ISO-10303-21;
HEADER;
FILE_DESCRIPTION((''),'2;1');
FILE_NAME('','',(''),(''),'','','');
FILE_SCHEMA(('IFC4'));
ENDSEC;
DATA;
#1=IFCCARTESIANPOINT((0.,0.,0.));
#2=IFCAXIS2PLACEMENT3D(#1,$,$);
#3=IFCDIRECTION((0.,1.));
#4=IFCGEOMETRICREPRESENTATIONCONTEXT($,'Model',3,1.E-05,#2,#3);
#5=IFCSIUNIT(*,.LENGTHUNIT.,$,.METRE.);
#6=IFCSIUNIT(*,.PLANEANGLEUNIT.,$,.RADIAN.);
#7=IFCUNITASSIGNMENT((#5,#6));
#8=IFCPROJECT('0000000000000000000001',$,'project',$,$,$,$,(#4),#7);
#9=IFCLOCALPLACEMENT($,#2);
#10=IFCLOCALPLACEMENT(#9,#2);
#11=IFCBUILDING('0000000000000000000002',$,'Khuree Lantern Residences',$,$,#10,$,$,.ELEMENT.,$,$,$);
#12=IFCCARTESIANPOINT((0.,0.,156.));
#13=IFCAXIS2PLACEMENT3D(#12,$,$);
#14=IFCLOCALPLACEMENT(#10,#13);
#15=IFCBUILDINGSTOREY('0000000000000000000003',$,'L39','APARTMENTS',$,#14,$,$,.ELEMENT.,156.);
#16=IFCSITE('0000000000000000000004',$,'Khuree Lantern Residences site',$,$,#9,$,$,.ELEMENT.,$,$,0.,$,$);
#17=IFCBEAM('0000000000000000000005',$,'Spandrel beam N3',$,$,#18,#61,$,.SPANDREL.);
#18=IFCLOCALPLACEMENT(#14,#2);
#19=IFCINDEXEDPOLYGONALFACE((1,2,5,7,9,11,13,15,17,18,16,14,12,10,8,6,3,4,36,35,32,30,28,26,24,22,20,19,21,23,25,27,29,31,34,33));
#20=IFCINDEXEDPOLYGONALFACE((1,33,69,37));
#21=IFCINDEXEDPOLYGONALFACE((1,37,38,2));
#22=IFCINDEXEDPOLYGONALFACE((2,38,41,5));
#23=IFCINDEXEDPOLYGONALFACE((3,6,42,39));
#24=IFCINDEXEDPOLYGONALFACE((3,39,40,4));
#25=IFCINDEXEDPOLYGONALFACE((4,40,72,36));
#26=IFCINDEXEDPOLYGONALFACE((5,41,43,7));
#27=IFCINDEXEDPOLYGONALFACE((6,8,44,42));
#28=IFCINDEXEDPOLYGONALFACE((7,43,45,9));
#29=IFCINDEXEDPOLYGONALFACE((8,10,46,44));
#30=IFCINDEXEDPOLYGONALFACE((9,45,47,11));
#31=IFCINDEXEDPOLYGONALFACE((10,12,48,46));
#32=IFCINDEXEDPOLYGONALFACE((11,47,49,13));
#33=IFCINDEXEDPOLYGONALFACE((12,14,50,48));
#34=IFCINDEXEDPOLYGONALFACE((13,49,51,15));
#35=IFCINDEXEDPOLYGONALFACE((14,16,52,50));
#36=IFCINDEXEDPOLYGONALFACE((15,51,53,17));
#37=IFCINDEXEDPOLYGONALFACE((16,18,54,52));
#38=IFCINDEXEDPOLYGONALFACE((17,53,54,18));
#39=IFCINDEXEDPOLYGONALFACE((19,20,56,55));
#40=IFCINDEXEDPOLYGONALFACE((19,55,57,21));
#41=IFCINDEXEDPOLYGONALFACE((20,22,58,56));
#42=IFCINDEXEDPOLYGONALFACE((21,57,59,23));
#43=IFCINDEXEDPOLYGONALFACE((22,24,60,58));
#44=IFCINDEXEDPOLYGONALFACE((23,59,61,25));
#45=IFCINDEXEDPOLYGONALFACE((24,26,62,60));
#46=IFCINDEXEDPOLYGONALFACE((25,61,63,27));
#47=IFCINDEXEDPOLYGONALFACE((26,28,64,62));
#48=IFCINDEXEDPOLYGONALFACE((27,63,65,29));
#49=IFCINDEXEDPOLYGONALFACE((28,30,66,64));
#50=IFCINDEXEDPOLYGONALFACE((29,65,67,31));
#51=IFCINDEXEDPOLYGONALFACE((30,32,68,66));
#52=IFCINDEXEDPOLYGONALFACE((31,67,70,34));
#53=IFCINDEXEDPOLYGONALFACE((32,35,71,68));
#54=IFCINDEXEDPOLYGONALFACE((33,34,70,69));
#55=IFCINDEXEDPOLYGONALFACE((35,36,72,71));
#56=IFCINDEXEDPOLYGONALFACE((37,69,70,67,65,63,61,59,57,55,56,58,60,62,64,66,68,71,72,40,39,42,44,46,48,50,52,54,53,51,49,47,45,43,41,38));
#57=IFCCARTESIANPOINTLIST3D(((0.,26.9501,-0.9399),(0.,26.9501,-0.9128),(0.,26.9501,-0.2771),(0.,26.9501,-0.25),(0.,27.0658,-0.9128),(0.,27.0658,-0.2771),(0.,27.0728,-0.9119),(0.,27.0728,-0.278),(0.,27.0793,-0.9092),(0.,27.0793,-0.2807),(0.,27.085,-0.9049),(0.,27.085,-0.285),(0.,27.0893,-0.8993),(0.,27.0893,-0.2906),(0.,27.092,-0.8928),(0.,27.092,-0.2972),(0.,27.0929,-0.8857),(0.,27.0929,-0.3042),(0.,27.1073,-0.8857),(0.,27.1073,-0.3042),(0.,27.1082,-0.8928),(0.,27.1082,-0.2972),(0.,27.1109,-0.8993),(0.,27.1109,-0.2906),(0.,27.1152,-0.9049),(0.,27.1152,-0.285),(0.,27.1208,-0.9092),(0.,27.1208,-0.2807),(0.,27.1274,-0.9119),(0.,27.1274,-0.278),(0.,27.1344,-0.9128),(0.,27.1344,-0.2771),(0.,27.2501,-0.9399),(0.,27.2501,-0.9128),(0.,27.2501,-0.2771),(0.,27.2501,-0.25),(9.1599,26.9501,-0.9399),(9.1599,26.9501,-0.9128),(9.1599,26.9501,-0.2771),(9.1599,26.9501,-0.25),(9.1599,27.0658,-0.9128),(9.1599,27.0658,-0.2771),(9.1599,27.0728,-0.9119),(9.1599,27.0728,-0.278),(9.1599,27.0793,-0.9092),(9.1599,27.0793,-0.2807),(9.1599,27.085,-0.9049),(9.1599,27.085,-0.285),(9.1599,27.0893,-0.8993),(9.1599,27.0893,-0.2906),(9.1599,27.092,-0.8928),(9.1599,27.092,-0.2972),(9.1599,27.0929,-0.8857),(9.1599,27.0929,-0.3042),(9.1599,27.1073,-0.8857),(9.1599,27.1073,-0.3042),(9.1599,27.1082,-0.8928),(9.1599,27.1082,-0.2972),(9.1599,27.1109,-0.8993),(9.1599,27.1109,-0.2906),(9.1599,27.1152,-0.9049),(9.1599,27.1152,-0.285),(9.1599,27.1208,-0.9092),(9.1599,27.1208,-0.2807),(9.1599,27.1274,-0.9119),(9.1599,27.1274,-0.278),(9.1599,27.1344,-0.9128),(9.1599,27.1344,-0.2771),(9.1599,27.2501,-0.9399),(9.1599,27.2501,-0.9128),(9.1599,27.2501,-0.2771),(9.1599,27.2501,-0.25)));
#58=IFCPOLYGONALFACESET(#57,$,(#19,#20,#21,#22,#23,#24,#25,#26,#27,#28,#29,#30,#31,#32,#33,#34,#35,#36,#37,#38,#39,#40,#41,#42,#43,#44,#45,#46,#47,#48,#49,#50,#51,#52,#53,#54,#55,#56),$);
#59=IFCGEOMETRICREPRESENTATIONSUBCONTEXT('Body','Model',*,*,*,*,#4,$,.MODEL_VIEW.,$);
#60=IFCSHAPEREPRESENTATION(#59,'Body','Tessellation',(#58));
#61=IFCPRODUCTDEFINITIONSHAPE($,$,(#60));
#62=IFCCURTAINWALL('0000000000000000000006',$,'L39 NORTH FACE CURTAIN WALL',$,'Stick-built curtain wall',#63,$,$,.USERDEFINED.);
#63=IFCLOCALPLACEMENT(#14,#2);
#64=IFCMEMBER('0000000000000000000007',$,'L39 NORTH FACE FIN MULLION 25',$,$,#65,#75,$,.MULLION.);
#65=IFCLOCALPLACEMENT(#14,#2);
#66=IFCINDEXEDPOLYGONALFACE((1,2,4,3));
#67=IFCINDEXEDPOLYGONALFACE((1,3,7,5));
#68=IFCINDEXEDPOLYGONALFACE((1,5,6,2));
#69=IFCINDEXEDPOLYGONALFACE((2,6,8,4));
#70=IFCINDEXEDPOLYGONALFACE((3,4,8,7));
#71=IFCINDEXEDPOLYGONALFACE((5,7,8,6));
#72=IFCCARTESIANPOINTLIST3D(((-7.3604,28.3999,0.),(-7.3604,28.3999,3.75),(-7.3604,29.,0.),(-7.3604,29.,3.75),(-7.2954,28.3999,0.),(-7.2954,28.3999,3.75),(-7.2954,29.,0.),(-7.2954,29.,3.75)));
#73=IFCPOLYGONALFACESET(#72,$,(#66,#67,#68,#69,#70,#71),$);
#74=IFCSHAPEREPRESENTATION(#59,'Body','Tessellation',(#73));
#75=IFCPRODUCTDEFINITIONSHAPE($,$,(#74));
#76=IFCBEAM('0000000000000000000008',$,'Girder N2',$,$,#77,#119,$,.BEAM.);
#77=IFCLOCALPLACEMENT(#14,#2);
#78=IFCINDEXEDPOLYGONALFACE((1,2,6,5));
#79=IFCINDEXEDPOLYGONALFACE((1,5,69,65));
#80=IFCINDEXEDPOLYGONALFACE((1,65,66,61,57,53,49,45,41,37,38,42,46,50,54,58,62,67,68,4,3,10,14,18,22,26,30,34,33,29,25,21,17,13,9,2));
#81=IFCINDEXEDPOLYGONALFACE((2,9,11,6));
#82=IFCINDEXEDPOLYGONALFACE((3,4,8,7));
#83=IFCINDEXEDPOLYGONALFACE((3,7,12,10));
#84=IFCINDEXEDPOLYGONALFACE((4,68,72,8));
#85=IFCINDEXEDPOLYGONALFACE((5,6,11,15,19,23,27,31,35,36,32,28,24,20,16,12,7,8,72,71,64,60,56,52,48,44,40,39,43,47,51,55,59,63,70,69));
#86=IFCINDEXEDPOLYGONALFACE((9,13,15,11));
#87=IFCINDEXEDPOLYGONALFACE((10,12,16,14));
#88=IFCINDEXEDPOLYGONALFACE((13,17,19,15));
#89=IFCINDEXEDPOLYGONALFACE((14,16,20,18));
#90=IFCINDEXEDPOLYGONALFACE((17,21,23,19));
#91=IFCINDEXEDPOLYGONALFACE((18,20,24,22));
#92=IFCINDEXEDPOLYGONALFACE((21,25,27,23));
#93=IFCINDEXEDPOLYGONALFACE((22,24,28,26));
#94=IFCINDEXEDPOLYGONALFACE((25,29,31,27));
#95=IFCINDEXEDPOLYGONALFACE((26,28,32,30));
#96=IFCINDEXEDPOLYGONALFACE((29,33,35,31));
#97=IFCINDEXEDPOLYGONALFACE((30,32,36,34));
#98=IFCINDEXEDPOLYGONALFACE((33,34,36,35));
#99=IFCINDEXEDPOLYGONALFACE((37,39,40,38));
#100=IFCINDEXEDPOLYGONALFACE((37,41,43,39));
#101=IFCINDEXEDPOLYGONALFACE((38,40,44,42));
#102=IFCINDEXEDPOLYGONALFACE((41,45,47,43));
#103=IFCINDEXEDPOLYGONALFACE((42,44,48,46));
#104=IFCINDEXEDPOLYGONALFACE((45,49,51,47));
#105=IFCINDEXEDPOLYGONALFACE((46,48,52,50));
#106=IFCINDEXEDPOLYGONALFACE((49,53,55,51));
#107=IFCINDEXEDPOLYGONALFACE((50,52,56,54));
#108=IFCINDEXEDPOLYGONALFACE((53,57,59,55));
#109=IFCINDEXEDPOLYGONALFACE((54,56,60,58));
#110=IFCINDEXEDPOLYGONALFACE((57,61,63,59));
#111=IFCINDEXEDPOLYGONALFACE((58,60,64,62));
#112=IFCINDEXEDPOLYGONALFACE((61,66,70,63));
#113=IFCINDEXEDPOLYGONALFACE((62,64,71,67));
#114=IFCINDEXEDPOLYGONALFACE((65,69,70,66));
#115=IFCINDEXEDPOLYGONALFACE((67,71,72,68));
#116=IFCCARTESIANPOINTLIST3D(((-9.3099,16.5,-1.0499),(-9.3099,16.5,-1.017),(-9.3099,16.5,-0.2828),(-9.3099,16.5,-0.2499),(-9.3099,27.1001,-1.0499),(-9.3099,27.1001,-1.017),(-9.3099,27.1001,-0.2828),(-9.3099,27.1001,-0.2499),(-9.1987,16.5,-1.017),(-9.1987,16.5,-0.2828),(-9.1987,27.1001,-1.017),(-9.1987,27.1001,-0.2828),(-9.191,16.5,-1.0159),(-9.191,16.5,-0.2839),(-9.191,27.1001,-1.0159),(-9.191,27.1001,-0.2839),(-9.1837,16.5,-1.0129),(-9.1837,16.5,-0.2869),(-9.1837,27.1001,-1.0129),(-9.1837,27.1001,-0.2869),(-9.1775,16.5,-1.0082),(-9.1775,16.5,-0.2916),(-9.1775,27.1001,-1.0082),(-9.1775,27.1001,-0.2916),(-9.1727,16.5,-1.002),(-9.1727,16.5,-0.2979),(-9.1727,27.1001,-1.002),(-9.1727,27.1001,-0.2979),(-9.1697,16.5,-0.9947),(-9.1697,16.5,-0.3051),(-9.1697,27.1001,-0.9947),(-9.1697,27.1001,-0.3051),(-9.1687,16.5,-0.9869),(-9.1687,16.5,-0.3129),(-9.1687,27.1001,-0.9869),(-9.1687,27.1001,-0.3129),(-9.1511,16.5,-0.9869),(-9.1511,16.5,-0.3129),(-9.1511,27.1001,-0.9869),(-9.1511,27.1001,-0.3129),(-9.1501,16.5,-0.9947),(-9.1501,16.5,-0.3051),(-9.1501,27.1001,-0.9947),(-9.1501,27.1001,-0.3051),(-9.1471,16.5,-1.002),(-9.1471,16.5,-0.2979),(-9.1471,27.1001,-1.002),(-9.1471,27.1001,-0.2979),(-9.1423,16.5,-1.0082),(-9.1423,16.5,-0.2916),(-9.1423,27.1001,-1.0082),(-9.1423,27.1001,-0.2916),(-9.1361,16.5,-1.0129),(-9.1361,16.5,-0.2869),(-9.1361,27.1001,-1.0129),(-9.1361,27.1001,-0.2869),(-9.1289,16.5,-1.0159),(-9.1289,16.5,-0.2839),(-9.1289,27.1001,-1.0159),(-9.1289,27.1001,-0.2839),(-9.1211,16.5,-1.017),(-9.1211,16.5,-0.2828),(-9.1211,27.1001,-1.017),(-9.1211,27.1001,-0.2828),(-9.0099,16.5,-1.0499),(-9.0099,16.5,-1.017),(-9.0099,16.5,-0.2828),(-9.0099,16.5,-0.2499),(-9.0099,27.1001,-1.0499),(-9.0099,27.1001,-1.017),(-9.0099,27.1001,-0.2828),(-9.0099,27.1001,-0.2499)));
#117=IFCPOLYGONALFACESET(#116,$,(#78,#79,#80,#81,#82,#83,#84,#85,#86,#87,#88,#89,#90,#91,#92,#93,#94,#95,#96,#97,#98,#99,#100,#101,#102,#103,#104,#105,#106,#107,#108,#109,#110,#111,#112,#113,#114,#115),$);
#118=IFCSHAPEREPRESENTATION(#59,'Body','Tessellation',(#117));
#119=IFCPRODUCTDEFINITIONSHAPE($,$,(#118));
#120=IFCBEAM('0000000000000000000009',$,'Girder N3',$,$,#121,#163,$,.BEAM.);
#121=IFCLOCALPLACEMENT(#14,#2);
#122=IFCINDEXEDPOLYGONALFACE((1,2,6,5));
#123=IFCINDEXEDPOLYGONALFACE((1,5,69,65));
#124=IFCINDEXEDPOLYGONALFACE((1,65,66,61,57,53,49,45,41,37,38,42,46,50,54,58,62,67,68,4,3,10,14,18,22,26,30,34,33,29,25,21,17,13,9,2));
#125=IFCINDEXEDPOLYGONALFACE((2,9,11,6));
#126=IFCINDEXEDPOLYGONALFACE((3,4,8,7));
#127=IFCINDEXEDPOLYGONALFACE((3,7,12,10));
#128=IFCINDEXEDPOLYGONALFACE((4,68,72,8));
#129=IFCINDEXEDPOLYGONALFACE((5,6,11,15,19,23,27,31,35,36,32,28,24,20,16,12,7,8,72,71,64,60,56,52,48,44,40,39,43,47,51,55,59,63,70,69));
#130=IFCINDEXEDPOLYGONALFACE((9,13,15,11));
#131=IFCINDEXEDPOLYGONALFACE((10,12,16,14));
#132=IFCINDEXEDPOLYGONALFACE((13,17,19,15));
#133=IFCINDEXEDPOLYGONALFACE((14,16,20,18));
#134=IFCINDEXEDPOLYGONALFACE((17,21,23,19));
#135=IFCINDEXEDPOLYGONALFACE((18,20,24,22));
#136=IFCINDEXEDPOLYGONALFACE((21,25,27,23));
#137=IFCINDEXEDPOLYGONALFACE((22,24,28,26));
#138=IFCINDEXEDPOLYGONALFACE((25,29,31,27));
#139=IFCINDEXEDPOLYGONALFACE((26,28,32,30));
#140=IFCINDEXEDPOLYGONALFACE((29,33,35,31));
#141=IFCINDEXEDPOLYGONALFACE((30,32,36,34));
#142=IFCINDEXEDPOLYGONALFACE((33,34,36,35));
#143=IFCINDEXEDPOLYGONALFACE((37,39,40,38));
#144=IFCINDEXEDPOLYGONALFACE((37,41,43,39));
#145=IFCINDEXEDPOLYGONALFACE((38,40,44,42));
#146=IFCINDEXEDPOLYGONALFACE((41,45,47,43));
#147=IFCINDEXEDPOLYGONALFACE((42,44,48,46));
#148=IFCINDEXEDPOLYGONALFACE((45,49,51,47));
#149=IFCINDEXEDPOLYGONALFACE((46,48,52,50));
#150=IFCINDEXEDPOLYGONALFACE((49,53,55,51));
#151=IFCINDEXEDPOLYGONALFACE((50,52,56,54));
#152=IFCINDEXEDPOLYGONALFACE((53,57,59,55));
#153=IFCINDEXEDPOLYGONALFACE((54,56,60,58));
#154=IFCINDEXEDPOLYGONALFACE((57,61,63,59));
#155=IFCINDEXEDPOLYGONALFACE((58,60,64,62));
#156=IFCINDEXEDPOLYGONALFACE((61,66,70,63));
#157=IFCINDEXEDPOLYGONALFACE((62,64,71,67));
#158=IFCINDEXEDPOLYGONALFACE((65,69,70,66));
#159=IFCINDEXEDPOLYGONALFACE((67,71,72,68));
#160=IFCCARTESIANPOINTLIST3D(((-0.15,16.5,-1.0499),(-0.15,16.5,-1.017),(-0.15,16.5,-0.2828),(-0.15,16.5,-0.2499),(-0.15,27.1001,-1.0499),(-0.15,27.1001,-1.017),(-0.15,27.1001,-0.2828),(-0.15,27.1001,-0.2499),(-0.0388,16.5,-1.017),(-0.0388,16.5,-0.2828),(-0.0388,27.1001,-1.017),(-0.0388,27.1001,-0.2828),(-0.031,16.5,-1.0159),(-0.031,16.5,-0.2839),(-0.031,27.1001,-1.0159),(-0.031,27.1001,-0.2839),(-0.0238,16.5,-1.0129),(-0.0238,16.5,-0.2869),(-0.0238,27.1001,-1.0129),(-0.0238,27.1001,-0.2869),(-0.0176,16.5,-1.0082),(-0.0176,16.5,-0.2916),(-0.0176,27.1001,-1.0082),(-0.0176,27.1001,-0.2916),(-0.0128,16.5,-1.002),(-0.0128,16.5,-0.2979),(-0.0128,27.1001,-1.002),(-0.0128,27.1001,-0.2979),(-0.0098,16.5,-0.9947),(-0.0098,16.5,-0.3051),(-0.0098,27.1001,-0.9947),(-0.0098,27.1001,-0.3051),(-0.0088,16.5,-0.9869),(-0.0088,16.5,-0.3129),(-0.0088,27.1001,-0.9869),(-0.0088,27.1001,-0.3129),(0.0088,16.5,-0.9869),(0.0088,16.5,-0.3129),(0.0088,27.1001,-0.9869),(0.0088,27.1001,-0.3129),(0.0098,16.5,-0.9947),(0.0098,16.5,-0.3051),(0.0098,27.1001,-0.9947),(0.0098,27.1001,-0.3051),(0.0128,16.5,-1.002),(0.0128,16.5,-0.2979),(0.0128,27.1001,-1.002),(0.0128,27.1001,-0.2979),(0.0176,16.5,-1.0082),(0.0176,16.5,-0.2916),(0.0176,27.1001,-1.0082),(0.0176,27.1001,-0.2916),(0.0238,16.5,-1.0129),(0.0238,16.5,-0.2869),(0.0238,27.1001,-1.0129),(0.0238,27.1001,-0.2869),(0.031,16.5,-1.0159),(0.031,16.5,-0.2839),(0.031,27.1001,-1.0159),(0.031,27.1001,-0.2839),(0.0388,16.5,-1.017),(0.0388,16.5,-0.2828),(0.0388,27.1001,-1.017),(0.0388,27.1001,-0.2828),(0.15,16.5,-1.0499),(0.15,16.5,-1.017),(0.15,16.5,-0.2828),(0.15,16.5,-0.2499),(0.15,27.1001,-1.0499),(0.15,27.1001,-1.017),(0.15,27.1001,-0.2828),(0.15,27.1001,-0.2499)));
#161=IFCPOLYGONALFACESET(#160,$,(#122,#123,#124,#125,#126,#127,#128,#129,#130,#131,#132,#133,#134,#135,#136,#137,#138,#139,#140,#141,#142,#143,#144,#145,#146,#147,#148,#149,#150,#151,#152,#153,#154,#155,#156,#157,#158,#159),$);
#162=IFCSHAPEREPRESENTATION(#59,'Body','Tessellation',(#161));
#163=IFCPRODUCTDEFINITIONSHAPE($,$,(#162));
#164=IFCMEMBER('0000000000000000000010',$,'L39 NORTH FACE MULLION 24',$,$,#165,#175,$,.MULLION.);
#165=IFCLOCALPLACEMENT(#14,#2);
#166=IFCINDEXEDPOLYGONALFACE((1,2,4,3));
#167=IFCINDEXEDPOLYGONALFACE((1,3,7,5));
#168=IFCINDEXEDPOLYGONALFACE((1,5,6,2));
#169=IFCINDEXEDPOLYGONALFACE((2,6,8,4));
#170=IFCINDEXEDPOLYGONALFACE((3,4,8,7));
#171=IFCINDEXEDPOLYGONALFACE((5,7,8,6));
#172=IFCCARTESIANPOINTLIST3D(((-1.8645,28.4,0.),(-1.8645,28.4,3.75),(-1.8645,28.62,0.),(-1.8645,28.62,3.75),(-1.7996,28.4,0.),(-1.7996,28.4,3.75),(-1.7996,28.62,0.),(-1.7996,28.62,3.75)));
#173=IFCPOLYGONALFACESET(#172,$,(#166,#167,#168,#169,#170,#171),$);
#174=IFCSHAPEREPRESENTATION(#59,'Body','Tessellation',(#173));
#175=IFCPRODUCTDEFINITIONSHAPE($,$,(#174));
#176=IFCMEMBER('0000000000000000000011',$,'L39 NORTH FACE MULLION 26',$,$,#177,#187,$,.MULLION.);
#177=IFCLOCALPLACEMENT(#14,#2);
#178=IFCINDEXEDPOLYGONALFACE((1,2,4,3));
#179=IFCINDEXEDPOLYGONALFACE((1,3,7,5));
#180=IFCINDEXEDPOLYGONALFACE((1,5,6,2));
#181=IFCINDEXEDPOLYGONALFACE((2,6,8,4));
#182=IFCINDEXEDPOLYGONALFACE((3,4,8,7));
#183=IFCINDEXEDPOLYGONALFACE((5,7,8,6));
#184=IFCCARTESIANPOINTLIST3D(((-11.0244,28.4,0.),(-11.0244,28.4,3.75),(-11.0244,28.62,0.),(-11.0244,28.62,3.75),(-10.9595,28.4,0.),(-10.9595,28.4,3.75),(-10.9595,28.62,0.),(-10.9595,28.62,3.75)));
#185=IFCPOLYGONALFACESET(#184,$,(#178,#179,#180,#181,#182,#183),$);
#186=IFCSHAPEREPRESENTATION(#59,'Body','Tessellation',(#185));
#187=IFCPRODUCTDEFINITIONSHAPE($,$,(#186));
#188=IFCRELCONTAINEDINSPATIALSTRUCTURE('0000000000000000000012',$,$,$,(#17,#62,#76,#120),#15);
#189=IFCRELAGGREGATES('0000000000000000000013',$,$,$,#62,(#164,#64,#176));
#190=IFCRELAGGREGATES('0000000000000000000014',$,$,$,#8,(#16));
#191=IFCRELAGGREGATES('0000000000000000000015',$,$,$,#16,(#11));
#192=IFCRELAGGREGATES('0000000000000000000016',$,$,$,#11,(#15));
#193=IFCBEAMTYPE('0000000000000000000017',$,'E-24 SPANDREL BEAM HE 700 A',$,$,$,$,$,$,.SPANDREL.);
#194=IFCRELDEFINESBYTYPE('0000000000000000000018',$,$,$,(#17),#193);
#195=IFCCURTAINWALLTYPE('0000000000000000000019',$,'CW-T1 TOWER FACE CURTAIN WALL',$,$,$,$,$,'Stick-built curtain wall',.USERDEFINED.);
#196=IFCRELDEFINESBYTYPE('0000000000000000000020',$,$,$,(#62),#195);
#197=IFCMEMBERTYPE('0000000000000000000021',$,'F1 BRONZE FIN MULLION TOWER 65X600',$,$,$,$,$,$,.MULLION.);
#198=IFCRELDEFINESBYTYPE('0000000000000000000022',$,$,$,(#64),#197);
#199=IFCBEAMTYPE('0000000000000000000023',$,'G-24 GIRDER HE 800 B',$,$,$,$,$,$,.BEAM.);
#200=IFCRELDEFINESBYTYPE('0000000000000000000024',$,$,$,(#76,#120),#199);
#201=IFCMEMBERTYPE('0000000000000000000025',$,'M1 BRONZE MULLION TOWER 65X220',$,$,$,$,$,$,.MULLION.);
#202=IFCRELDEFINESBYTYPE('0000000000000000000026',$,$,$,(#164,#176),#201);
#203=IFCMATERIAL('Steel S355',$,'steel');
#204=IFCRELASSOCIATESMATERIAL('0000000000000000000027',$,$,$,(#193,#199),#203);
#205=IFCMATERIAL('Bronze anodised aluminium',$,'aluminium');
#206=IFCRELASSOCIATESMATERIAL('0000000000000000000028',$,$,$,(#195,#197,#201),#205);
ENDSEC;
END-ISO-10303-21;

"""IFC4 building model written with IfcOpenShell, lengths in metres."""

from ifc_helpers import new_model, si_unit, direction, frame, origin, origin_2d, place, context, subcontext, project, spatial, rectangle, i_section, extrude, material, material_profile, profile_set, type_object, element, aggregate, save


model = new_model("IFC4")

# Units and contexts
model_context = context("Model", 3, precision=1e-05, world=origin(), true_north=direction((0.0, 1.0)))
body_context = subcontext(model_context, "Body", "Model", "MODEL_VIEW")
ifc_project = project(units=[si_unit("LENGTHUNIT", "METRE"), si_unit("PLANEANGLEUNIT", "RADIAN")], contexts=[model_context])

# Site, building, storey
site_placement = place(None, origin())
site = spatial("IfcSite", under=ifc_project, at=site_placement, Name="Khuree Lantern Residences site", CompositionType="ELEMENT", RefElevation=0.0)
building_placement = place(site_placement, origin())
building = spatial("IfcBuilding", under=site, at=building_placement, Name="Khuree Lantern Residences", CompositionType="ELEMENT")
storey_placement = place(building_placement, frame((0.0, 0.0, 156.0)))
storey = spatial("IfcBuildingStorey", under=building, at=storey_placement, Name="L39", Description="APARTMENTS", CompositionType="ELEMENT", Elevation=156.0)

# Beam
ifc_material_1 = material(Name="Steel S355", Category="steel")
ifc_material_profile_1 = material_profile(ifc_material_1, i_section(OverallWidth=0.3, OverallDepth=0.6899, WebThickness=0.0144, FlangeThickness=0.0271, FilletRadius=0.0271, at=origin_2d()), Name="HE 700 A")
ifc_profile_set_1 = profile_set([ifc_material_profile_1], Name="Steel S355")
beam_type_1 = type_object("IfcBeamType", Name="E-24 SPANDREL BEAM HE 700 A", PredefinedType="SPANDREL", material=ifc_profile_set_1)
for number, where, z_axis, x_axis, name in (
    (1, (0.0, 27.1001, -0.595), (1.0, 0.0, 0.0), (0.0, 1.0, 0.0), "Spandrel beam N3"),
):
    element("IfcBeam", number, at=place(storey_placement, frame(where, z_axis=z_axis, x_axis=x_axis)), inside=storey, type_object=beam_type_1, Name=name, PredefinedType="SPANDREL", context=body_context, shape_type="SweptSolid", body=[
        extrude(i_section(OverallWidth=0.3, OverallDepth=0.6899, WebThickness=0.0144, FlangeThickness=0.0271, FilletRadius=0.0271, at=origin_2d()), origin(), (0.0, 0.0, 1.0), 9.1599),
    ])

# Curtain wall, member
ifc_material_2 = material(Name="Bronze anodised aluminium", Category="aluminium")
curtain_wall_type = type_object("IfcCurtainWallType", Name="CW-T1 TOWER FACE CURTAIN WALL", ElementType="Stick-built curtain wall", PredefinedType="USERDEFINED", material=ifc_material_2)
curtain_wall_placement = place(storey_placement, origin())
curtain_wall = element("IfcCurtainWall", 2, at=curtain_wall_placement, inside=storey, type_object=curtain_wall_type, Name="L39 NORTH FACE CURTAIN WALL", ObjectType="Stick-built curtain wall", PredefinedType="USERDEFINED")
ifc_material_profile_2 = material_profile(ifc_material_2, rectangle(XDim=0.0649, YDim=0.6001, at=origin_2d()), Name="F1 65X600")
ifc_profile_set_2 = profile_set([ifc_material_profile_2], Name="Bronze anodised aluminium")
member_type_1 = type_object("IfcMemberType", Name="F1 BRONZE FIN MULLION TOWER 65X600", PredefinedType="MULLION", material=ifc_profile_set_2)
member_1_placement = place(storey_placement, frame((-7.3279, 28.7, 0.0), z_axis=(0.0, 0.0, 1.0), x_axis=(-1.0, 0.0, 0.0)))
member_1 = element("IfcMember", 3, at=member_1_placement, type_object=member_type_1, Name="L39 NORTH FACE FIN MULLION 25", PredefinedType="MULLION", context=body_context, shape_type="SweptSolid", body=[
    extrude(rectangle(XDim=0.0649, YDim=0.6001, at=origin_2d()), origin(), (0.0, 0.0, 1.0), 3.75),
])

# Beams
ifc_material_profile_3 = material_profile(ifc_material_1, i_section(OverallWidth=0.3, OverallDepth=0.8, WebThickness=0.0176, FlangeThickness=0.033, FilletRadius=0.03, at=origin_2d()), Name="HE 800 B")
ifc_profile_set_3 = profile_set([ifc_material_profile_3], Name="Steel S355")
beam_type_2 = type_object("IfcBeamType", Name="G-24 GIRDER HE 800 B", PredefinedType="BEAM", material=ifc_profile_set_3)
for number, where, z_axis, x_axis, name in (
    (4, (-9.1599, 27.1001, -0.6499), (0.0, -1.0, 0.0), (1.0, 0.0, 0.0), "Girder N2"),
    (5, (0.0, 27.1001, -0.6499), (0.0, -1.0, 0.0), (1.0, 0.0, 0.0), "Girder N3"),
):
    element("IfcBeam", number, at=place(storey_placement, frame(where, z_axis=z_axis, x_axis=x_axis)), inside=storey, type_object=beam_type_2, Name=name, PredefinedType="BEAM", context=body_context, shape_type="SweptSolid", body=[
        extrude(i_section(OverallWidth=0.3, OverallDepth=0.8, WebThickness=0.0176, FlangeThickness=0.033, FilletRadius=0.03, at=origin_2d()), origin(), (0.0, 0.0, 1.0), 10.6001),
    ])

# Members
ifc_material_profile_4 = material_profile(ifc_material_2, rectangle(XDim=0.0649, YDim=0.22, at=origin_2d()), Name="M1 65X220")
ifc_profile_set_4 = profile_set([ifc_material_profile_4], Name="Bronze anodised aluminium")
member_type_2 = type_object("IfcMemberType", Name="M1 BRONZE MULLION TOWER 65X220", PredefinedType="MULLION", material=ifc_profile_set_4)
member_2_placement = place(storey_placement, frame((-1.832, 28.51, 0.0), z_axis=(0.0, 0.0, 1.0), x_axis=(-1.0, 0.0, 0.0)))
member_2 = element("IfcMember", 6, at=member_2_placement, type_object=member_type_2, Name="L39 NORTH FACE MULLION 24", PredefinedType="MULLION", context=body_context, shape_type="SweptSolid", body=[
    extrude(rectangle(XDim=0.0649, YDim=0.22, at=origin_2d()), origin(), (0.0, 0.0, 1.0), 3.75),
])
member_3_placement = place(storey_placement, frame((-10.9919, 28.51, 0.0), z_axis=(0.0, 0.0, 1.0), x_axis=(-1.0, 0.0, 0.0)))
member_3 = element("IfcMember", 7, at=member_3_placement, type_object=member_type_2, Name="L39 NORTH FACE MULLION 26", PredefinedType="MULLION", context=body_context, shape_type="SweptSolid", body=[
    extrude(rectangle(XDim=0.0649, YDim=0.22, at=origin_2d()), origin(), (0.0, 0.0, 1.0), 3.75),
])

aggregate(curtain_wall, [member_2, member_1, member_3])

save(model, "model.ifc")
